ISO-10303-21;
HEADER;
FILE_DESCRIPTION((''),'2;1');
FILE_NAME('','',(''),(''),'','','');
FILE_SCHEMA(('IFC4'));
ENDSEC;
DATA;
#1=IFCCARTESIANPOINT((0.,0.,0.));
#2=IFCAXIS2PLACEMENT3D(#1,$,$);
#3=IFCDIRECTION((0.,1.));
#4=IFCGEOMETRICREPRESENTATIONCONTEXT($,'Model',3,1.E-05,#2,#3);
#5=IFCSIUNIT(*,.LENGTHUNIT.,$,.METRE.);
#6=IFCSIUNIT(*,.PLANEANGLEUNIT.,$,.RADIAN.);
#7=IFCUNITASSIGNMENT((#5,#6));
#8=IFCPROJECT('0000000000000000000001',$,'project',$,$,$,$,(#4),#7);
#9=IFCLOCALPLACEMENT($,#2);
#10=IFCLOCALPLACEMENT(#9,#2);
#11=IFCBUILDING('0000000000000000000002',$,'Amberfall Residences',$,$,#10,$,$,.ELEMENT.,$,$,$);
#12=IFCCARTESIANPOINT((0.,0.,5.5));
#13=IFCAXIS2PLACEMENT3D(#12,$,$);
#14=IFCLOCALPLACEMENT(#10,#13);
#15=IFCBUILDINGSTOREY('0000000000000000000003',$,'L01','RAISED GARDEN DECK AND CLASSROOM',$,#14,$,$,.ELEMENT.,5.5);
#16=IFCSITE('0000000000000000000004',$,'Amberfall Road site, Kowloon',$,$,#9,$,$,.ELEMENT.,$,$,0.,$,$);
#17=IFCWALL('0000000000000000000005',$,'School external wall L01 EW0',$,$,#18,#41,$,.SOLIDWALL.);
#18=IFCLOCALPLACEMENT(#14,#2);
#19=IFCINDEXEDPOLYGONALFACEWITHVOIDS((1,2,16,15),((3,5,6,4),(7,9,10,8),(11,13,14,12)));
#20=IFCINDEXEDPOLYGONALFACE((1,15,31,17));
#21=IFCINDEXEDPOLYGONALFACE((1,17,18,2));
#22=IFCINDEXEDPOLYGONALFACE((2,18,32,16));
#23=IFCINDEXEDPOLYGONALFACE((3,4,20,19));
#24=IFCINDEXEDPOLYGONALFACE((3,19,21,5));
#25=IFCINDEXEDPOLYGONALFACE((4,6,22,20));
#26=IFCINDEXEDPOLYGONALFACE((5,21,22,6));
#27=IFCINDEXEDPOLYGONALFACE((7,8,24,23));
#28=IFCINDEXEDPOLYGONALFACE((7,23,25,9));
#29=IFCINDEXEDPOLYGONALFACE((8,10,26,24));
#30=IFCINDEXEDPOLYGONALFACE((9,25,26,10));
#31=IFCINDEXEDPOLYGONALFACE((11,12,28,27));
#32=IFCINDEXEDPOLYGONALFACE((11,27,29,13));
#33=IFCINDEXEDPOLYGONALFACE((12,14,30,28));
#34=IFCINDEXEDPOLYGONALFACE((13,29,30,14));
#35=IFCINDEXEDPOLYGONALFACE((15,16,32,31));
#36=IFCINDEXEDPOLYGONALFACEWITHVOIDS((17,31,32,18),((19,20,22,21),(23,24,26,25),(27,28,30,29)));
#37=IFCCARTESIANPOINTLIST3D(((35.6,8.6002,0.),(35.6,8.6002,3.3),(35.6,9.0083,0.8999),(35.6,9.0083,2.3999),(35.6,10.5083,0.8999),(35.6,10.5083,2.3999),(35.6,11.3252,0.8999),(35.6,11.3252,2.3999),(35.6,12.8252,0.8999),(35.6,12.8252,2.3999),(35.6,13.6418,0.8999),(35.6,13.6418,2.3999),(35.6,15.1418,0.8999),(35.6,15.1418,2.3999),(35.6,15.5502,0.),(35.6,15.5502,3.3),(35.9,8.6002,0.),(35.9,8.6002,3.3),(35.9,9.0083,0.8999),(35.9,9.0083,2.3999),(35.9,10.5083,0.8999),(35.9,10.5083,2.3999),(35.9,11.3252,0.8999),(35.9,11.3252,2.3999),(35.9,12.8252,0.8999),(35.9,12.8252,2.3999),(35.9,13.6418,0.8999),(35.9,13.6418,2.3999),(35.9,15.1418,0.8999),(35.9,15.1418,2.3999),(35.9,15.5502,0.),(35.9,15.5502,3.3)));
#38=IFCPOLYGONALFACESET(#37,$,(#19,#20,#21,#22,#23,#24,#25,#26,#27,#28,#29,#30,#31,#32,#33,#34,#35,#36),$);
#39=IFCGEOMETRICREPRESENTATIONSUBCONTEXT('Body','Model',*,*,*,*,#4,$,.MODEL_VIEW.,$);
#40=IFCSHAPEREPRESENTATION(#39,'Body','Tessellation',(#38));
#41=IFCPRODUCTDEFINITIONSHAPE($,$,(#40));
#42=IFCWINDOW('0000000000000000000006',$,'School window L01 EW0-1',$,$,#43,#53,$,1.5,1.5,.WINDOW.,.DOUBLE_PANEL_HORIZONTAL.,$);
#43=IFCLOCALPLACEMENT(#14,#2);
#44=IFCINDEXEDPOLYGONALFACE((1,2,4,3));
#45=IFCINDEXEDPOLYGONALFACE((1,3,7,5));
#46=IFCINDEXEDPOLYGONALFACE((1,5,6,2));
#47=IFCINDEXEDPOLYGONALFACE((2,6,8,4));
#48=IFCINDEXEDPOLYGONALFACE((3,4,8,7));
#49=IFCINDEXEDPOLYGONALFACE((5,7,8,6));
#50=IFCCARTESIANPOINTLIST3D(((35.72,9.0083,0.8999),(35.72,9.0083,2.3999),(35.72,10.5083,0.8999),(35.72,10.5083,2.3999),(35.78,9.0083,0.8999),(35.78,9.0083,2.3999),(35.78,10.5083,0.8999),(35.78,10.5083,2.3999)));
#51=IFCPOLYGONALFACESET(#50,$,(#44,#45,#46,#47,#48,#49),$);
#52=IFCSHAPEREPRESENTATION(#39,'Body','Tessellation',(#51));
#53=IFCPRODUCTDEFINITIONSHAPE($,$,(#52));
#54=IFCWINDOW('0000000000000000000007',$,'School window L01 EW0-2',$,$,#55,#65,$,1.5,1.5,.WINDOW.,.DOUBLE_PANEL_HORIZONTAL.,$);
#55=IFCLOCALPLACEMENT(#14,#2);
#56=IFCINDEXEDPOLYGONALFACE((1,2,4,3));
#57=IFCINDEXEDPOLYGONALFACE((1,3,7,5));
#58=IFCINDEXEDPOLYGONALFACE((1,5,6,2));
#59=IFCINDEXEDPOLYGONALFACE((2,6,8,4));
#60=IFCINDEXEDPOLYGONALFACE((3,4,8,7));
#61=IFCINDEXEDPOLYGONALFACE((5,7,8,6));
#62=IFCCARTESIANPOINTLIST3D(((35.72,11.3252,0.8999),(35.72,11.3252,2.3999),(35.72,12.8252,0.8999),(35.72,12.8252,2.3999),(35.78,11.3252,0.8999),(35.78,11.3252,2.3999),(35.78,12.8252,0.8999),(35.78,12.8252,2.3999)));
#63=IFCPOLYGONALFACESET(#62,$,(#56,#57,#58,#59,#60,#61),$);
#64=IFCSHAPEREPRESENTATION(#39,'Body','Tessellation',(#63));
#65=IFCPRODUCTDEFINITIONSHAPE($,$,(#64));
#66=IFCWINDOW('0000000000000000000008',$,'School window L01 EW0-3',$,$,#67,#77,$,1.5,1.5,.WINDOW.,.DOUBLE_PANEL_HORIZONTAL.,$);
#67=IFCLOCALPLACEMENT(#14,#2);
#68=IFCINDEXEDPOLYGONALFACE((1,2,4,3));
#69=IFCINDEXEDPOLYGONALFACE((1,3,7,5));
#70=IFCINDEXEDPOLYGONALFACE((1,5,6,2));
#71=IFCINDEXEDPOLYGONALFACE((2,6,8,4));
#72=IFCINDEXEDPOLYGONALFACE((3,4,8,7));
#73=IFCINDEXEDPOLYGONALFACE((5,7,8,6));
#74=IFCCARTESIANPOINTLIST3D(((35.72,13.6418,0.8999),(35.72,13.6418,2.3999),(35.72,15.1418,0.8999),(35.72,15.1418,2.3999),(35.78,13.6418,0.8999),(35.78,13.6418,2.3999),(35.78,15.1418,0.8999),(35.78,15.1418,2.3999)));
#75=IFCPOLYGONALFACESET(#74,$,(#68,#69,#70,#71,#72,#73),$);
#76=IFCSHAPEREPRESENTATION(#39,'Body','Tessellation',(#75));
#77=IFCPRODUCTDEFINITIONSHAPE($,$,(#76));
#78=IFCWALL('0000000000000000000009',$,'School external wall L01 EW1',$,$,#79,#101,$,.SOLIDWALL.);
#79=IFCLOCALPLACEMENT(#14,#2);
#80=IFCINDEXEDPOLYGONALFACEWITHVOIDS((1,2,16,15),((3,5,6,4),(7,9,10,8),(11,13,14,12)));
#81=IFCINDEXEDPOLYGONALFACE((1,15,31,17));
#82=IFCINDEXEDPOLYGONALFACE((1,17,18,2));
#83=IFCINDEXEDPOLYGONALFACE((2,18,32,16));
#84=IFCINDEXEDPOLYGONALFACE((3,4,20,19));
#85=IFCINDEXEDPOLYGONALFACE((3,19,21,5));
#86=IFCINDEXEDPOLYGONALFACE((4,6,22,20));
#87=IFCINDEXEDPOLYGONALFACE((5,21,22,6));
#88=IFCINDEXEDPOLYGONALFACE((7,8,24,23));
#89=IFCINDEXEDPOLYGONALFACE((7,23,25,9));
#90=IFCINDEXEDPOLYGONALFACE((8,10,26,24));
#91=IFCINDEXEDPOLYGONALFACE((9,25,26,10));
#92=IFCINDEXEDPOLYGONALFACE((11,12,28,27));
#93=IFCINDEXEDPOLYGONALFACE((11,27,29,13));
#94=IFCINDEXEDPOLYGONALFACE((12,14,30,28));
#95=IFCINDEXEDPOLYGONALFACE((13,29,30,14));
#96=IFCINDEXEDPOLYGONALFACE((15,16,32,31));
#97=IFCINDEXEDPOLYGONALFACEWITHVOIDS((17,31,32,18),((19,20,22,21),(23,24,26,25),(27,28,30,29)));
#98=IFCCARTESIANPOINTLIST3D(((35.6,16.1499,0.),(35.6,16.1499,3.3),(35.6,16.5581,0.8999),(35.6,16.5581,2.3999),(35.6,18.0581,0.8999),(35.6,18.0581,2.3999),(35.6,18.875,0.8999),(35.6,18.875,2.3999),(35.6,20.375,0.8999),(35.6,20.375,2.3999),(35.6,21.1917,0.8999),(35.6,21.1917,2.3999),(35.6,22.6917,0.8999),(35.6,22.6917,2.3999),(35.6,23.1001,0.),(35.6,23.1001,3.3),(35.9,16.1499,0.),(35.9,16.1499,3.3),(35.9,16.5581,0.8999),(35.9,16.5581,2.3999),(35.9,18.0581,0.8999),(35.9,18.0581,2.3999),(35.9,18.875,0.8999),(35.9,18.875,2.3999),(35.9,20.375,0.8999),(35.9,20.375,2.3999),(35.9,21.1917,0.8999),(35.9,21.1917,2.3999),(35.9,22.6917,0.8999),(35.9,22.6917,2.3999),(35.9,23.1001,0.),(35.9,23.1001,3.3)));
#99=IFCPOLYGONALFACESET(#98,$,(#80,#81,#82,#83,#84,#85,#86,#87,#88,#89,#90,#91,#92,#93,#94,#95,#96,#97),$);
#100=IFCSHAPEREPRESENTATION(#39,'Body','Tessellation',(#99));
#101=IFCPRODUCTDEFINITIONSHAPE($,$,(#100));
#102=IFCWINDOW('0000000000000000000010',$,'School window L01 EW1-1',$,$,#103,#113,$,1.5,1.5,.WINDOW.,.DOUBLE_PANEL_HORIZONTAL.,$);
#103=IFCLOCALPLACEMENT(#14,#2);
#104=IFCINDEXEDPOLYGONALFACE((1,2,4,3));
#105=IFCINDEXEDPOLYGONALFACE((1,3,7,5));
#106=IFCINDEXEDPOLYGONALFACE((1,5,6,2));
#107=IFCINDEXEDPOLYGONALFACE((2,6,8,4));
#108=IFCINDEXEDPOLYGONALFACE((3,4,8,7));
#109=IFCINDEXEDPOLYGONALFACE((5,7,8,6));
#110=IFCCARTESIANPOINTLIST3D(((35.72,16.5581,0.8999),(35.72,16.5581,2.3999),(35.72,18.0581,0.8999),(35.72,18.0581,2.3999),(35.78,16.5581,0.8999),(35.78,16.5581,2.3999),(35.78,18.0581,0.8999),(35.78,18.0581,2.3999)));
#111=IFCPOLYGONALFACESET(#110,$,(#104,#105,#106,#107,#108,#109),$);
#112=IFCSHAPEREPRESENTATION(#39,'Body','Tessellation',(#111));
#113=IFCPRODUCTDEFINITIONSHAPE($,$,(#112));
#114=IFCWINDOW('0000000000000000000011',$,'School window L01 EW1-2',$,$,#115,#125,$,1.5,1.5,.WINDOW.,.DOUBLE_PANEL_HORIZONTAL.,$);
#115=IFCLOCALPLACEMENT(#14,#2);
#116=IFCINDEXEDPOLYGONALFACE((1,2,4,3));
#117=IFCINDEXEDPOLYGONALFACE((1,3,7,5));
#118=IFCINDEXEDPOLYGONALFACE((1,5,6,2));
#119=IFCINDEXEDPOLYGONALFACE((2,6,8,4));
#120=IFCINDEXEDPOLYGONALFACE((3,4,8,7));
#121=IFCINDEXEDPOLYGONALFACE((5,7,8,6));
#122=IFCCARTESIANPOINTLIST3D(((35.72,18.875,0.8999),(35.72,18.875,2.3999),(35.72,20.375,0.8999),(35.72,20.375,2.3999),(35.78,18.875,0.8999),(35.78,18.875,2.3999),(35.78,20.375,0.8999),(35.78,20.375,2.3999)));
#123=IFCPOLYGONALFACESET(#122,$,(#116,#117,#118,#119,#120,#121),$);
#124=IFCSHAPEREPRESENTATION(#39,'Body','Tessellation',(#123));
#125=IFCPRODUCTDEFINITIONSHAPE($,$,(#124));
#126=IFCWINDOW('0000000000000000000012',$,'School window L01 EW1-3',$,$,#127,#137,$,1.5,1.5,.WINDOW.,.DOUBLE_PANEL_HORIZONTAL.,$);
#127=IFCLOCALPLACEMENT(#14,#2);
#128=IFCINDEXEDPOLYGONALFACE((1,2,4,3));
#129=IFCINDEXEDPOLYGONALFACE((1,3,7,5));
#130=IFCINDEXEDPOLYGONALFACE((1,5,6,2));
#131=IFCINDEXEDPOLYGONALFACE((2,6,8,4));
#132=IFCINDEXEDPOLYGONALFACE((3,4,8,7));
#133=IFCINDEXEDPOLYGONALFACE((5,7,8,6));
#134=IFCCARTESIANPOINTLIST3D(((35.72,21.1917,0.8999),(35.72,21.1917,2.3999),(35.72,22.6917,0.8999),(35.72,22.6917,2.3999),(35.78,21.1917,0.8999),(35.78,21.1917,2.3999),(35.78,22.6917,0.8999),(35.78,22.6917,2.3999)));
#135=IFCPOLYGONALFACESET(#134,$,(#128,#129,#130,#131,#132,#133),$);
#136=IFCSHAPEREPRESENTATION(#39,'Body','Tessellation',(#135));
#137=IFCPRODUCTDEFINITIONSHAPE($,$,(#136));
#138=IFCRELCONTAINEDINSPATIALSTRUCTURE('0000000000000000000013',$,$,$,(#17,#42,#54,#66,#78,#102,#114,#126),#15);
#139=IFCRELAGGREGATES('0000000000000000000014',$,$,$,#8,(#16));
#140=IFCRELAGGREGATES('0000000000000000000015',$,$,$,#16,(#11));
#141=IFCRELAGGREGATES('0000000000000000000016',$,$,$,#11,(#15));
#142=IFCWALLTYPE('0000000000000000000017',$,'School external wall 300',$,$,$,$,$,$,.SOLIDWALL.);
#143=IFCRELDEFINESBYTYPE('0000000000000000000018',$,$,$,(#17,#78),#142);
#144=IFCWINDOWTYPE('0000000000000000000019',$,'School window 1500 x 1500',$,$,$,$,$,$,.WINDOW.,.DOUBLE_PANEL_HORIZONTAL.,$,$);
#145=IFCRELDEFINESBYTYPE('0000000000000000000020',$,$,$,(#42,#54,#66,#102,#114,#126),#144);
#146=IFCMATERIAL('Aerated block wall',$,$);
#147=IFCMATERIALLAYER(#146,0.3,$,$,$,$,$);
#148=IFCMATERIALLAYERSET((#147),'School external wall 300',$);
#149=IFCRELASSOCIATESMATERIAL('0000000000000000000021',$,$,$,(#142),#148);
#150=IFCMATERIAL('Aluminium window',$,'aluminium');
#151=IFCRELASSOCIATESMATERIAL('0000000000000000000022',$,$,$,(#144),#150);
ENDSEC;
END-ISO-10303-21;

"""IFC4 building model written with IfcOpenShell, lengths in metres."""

from ifc_helpers import new_model, si_unit, direction, frame, frame_2d, origin, place, context, subcontext, project, spatial, rectangle, extrude, material, layer, layer_set, type_object, element, fill, save


model = new_model("IFC4")

# Units and contexts
model_context = context("Model", 3, precision=1e-05, world=origin(), true_north=direction((0.0, 1.0)))
body_context = subcontext(model_context, "Body", "Model", "MODEL_VIEW")
ifc_project = project(units=[si_unit("LENGTHUNIT", "METRE"), si_unit("PLANEANGLEUNIT", "RADIAN")], contexts=[model_context])

# Site, building, storey
site_placement = place(None, origin())
site = spatial("IfcSite", under=ifc_project, at=site_placement, Name="Amberfall Road site, Kowloon", CompositionType="ELEMENT", RefElevation=0.0)
building_placement = place(site_placement, origin())
building = spatial("IfcBuilding", under=site, at=building_placement, Name="Amberfall Residences", CompositionType="ELEMENT")
storey_placement = place(building_placement, frame((0.0, 0.0, 5.5)))
storey = spatial("IfcBuildingStorey", under=building, at=storey_placement, Name="L01", Description="RAISED GARDEN DECK AND CLASSROOM", CompositionType="ELEMENT", Elevation=5.5)

# Walls, openings, windows
ifc_material_1 = material(Name="Aerated block wall")
ifc_layer_1 = layer(ifc_material_1, 0.3)
ifc_layer_set_1 = layer_set([ifc_layer_1], Name="School external wall 300")
wall_type = type_object("IfcWallType", Name="School external wall 300", PredefinedType="SOLIDWALL", material=ifc_layer_set_1)
wall_1_placement = place(storey_placement, frame((35.75, 8.6001, 0.0), z_axis=(0.0, 0.0, 1.0), x_axis=(0.0, 1.0, 0.0)))
wall_1 = element("IfcWall", 1, at=wall_1_placement, inside=storey, type_object=wall_type, Name="School external wall L01 EW0", PredefinedType="SOLIDWALL", context=body_context, shape_type="SweptSolid", body=[
    extrude(rectangle(XDim=6.95, YDim=0.3, at=frame_2d((3.4751, 0.0))), origin(), (0.0, 0.0, 1.0), 3.3),
])
opening_1_placement = place(wall_1_placement, frame((0.4082, 0.0, 0.8999)))
opening_1 = element("IfcOpeningElement", 2, at=opening_1_placement, cuts=wall_1, PredefinedType="OPENING", context=body_context, shape_type="SweptSolid", body=[
    extrude(rectangle(XDim=1.5, YDim=1.5, at=frame_2d((0.75, 0.75))), frame((0.0, 0.1599, 0.0), z_axis=(0.0, -1.0, 0.0), x_axis=(1.0, 0.0, 0.0)), (0.0, 0.0, 1.0), 0.3201),
])
opening_2_placement = place(wall_1_placement, frame((2.7251, 0.0, 0.8999)))
opening_2 = element("IfcOpeningElement", 3, at=opening_2_placement, cuts=wall_1, PredefinedType="OPENING", context=body_context, shape_type="SweptSolid", body=[
    extrude(rectangle(XDim=1.5, YDim=1.5, at=frame_2d((0.75, 0.75))), frame((0.0, 0.1599, 0.0), z_axis=(0.0, -1.0, 0.0), x_axis=(1.0, 0.0, 0.0)), (0.0, 0.0, 1.0), 0.3201),
])
opening_3_placement = place(wall_1_placement, frame((5.0417, 0.0, 0.8999)))
opening_3 = element("IfcOpeningElement", 4, at=opening_3_placement, cuts=wall_1, PredefinedType="OPENING", context=body_context, shape_type="SweptSolid", body=[
    extrude(rectangle(XDim=1.5, YDim=1.5, at=frame_2d((0.75, 0.75))), frame((0.0, 0.1599, 0.0), z_axis=(0.0, -1.0, 0.0), x_axis=(1.0, 0.0, 0.0)), (0.0, 0.0, 1.0), 0.3201),
])
ifc_material_2 = material(Name="Aluminium window", Category="aluminium")
window_type = type_object("IfcWindowType", Name="School window 1500 x 1500", PartitioningType="DOUBLE_PANEL_HORIZONTAL", PredefinedType="WINDOW", material=ifc_material_2)
window_1_placement = place(opening_1_placement, origin())
window_1 = element("IfcWindow", 5, at=window_1_placement, inside=storey, type_object=window_type, Name="School window L01 EW0-1", OverallHeight=1.5, OverallWidth=1.5, PartitioningType="DOUBLE_PANEL_HORIZONTAL", PredefinedType="WINDOW", context=body_context, shape_type="SweptSolid", body=[
    extrude(rectangle(XDim=1.5, YDim=1.5, at=frame_2d((0.75, 0.75))), frame((0.0, 0.03, 0.0), z_axis=(0.0, -1.0, 0.0), x_axis=(1.0, 0.0, 0.0)), (0.0, 0.0, 1.0), 0.0601),
])
fill(opening_1, window_1)
window_2_placement = place(opening_2_placement, origin())
window_2 = element("IfcWindow", 6, at=window_2_placement, inside=storey, type_object=window_type, Name="School window L01 EW0-2", OverallHeight=1.5, OverallWidth=1.5, PartitioningType="DOUBLE_PANEL_HORIZONTAL", PredefinedType="WINDOW", context=body_context, shape_type="SweptSolid", body=[
    extrude(rectangle(XDim=1.5, YDim=1.5, at=frame_2d((0.75, 0.75))), frame((0.0, 0.03, 0.0), z_axis=(0.0, -1.0, 0.0), x_axis=(1.0, 0.0, 0.0)), (0.0, 0.0, 1.0), 0.0601),
])
fill(opening_2, window_2)
window_3_placement = place(opening_3_placement, origin())
window_3 = element("IfcWindow", 7, at=window_3_placement, inside=storey, type_object=window_type, Name="School window L01 EW0-3", OverallHeight=1.5, OverallWidth=1.5, PartitioningType="DOUBLE_PANEL_HORIZONTAL", PredefinedType="WINDOW", context=body_context, shape_type="SweptSolid", body=[
    extrude(rectangle(XDim=1.5, YDim=1.5, at=frame_2d((0.75, 0.75))), frame((0.0, 0.03, 0.0), z_axis=(0.0, -1.0, 0.0), x_axis=(1.0, 0.0, 0.0)), (0.0, 0.0, 1.0), 0.0601),
])
fill(opening_3, window_3)
wall_2_placement = place(storey_placement, frame((35.75, 16.1499, 0.0), z_axis=(0.0, 0.0, 1.0), x_axis=(0.0, 1.0, 0.0)))
wall_2 = element("IfcWall", 8, at=wall_2_placement, inside=storey, type_object=wall_type, Name="School external wall L01 EW1", PredefinedType="SOLIDWALL", context=body_context, shape_type="SweptSolid", body=[
    extrude(rectangle(XDim=6.9502, YDim=0.3, at=frame_2d((3.4751, 0.0))), origin(), (0.0, 0.0, 1.0), 3.3),
])
opening_4_placement = place(wall_2_placement, frame((0.4082, 0.0, 0.8999)))
opening_4 = element("IfcOpeningElement", 9, at=opening_4_placement, cuts=wall_2, PredefinedType="OPENING", context=body_context, shape_type="SweptSolid", body=[
    extrude(rectangle(XDim=1.5, YDim=1.5, at=frame_2d((0.75, 0.75))), frame((0.0, 0.1599, 0.0), z_axis=(0.0, -1.0, 0.0), x_axis=(1.0, 0.0, 0.0)), (0.0, 0.0, 1.0), 0.3201),
])
opening_5_placement = place(wall_2_placement, frame((2.7251, 0.0, 0.8999)))
opening_5 = element("IfcOpeningElement", 10, at=opening_5_placement, cuts=wall_2, PredefinedType="OPENING", context=body_context, shape_type="SweptSolid", body=[
    extrude(rectangle(XDim=1.5, YDim=1.5, at=frame_2d((0.75, 0.75))), frame((0.0, 0.1599, 0.0), z_axis=(0.0, -1.0, 0.0), x_axis=(1.0, 0.0, 0.0)), (0.0, 0.0, 1.0), 0.3201),
])
opening_6_placement = place(wall_2_placement, frame((5.0417, 0.0, 0.8999)))
opening_6 = element("IfcOpeningElement", 11, at=opening_6_placement, cuts=wall_2, PredefinedType="OPENING", context=body_context, shape_type="SweptSolid", body=[
    extrude(rectangle(XDim=1.5, YDim=1.5, at=frame_2d((0.75, 0.75))), frame((0.0, 0.1599, 0.0), z_axis=(0.0, -1.0, 0.0), x_axis=(1.0, 0.0, 0.0)), (0.0, 0.0, 1.0), 0.3201),
])
window_4_placement = place(opening_4_placement, origin())
window_4 = element("IfcWindow", 12, at=window_4_placement, inside=storey, type_object=window_type, Name="School window L01 EW1-1", OverallHeight=1.5, OverallWidth=1.5, PartitioningType="DOUBLE_PANEL_HORIZONTAL", PredefinedType="WINDOW", context=body_context, shape_type="SweptSolid", body=[
    extrude(rectangle(XDim=1.5, YDim=1.5, at=frame_2d((0.75, 0.75))), frame((0.0, 0.03, 0.0), z_axis=(0.0, -1.0, 0.0), x_axis=(1.0, 0.0, 0.0)), (0.0, 0.0, 1.0), 0.0601),
])
fill(opening_4, window_4)
window_5_placement = place(opening_5_placement, origin())
window_5 = element("IfcWindow", 13, at=window_5_placement, inside=storey, type_object=window_type, Name="School window L01 EW1-2", OverallHeight=1.5, OverallWidth=1.5, PartitioningType="DOUBLE_PANEL_HORIZONTAL", PredefinedType="WINDOW", context=body_context, shape_type="SweptSolid", body=[
    extrude(rectangle(XDim=1.5, YDim=1.5, at=frame_2d((0.75, 0.75))), frame((0.0, 0.03, 0.0), z_axis=(0.0, -1.0, 0.0), x_axis=(1.0, 0.0, 0.0)), (0.0, 0.0, 1.0), 0.0601),
])
fill(opening_5, window_5)
window_6_placement = place(opening_6_placement, origin())
window_6 = element("IfcWindow", 14, at=window_6_placement, inside=storey, type_object=window_type, Name="School window L01 EW1-3", OverallHeight=1.5, OverallWidth=1.5, PartitioningType="DOUBLE_PANEL_HORIZONTAL", PredefinedType="WINDOW", context=body_context, shape_type="SweptSolid", body=[
    extrude(rectangle(XDim=1.5, YDim=1.5, at=frame_2d((0.75, 0.75))), frame((0.0, 0.03, 0.0), z_axis=(0.0, -1.0, 0.0), x_axis=(1.0, 0.0, 0.0)), (0.0, 0.0, 1.0), 0.0601),
])
fill(opening_6, window_6)

save(model, "model.ifc")
